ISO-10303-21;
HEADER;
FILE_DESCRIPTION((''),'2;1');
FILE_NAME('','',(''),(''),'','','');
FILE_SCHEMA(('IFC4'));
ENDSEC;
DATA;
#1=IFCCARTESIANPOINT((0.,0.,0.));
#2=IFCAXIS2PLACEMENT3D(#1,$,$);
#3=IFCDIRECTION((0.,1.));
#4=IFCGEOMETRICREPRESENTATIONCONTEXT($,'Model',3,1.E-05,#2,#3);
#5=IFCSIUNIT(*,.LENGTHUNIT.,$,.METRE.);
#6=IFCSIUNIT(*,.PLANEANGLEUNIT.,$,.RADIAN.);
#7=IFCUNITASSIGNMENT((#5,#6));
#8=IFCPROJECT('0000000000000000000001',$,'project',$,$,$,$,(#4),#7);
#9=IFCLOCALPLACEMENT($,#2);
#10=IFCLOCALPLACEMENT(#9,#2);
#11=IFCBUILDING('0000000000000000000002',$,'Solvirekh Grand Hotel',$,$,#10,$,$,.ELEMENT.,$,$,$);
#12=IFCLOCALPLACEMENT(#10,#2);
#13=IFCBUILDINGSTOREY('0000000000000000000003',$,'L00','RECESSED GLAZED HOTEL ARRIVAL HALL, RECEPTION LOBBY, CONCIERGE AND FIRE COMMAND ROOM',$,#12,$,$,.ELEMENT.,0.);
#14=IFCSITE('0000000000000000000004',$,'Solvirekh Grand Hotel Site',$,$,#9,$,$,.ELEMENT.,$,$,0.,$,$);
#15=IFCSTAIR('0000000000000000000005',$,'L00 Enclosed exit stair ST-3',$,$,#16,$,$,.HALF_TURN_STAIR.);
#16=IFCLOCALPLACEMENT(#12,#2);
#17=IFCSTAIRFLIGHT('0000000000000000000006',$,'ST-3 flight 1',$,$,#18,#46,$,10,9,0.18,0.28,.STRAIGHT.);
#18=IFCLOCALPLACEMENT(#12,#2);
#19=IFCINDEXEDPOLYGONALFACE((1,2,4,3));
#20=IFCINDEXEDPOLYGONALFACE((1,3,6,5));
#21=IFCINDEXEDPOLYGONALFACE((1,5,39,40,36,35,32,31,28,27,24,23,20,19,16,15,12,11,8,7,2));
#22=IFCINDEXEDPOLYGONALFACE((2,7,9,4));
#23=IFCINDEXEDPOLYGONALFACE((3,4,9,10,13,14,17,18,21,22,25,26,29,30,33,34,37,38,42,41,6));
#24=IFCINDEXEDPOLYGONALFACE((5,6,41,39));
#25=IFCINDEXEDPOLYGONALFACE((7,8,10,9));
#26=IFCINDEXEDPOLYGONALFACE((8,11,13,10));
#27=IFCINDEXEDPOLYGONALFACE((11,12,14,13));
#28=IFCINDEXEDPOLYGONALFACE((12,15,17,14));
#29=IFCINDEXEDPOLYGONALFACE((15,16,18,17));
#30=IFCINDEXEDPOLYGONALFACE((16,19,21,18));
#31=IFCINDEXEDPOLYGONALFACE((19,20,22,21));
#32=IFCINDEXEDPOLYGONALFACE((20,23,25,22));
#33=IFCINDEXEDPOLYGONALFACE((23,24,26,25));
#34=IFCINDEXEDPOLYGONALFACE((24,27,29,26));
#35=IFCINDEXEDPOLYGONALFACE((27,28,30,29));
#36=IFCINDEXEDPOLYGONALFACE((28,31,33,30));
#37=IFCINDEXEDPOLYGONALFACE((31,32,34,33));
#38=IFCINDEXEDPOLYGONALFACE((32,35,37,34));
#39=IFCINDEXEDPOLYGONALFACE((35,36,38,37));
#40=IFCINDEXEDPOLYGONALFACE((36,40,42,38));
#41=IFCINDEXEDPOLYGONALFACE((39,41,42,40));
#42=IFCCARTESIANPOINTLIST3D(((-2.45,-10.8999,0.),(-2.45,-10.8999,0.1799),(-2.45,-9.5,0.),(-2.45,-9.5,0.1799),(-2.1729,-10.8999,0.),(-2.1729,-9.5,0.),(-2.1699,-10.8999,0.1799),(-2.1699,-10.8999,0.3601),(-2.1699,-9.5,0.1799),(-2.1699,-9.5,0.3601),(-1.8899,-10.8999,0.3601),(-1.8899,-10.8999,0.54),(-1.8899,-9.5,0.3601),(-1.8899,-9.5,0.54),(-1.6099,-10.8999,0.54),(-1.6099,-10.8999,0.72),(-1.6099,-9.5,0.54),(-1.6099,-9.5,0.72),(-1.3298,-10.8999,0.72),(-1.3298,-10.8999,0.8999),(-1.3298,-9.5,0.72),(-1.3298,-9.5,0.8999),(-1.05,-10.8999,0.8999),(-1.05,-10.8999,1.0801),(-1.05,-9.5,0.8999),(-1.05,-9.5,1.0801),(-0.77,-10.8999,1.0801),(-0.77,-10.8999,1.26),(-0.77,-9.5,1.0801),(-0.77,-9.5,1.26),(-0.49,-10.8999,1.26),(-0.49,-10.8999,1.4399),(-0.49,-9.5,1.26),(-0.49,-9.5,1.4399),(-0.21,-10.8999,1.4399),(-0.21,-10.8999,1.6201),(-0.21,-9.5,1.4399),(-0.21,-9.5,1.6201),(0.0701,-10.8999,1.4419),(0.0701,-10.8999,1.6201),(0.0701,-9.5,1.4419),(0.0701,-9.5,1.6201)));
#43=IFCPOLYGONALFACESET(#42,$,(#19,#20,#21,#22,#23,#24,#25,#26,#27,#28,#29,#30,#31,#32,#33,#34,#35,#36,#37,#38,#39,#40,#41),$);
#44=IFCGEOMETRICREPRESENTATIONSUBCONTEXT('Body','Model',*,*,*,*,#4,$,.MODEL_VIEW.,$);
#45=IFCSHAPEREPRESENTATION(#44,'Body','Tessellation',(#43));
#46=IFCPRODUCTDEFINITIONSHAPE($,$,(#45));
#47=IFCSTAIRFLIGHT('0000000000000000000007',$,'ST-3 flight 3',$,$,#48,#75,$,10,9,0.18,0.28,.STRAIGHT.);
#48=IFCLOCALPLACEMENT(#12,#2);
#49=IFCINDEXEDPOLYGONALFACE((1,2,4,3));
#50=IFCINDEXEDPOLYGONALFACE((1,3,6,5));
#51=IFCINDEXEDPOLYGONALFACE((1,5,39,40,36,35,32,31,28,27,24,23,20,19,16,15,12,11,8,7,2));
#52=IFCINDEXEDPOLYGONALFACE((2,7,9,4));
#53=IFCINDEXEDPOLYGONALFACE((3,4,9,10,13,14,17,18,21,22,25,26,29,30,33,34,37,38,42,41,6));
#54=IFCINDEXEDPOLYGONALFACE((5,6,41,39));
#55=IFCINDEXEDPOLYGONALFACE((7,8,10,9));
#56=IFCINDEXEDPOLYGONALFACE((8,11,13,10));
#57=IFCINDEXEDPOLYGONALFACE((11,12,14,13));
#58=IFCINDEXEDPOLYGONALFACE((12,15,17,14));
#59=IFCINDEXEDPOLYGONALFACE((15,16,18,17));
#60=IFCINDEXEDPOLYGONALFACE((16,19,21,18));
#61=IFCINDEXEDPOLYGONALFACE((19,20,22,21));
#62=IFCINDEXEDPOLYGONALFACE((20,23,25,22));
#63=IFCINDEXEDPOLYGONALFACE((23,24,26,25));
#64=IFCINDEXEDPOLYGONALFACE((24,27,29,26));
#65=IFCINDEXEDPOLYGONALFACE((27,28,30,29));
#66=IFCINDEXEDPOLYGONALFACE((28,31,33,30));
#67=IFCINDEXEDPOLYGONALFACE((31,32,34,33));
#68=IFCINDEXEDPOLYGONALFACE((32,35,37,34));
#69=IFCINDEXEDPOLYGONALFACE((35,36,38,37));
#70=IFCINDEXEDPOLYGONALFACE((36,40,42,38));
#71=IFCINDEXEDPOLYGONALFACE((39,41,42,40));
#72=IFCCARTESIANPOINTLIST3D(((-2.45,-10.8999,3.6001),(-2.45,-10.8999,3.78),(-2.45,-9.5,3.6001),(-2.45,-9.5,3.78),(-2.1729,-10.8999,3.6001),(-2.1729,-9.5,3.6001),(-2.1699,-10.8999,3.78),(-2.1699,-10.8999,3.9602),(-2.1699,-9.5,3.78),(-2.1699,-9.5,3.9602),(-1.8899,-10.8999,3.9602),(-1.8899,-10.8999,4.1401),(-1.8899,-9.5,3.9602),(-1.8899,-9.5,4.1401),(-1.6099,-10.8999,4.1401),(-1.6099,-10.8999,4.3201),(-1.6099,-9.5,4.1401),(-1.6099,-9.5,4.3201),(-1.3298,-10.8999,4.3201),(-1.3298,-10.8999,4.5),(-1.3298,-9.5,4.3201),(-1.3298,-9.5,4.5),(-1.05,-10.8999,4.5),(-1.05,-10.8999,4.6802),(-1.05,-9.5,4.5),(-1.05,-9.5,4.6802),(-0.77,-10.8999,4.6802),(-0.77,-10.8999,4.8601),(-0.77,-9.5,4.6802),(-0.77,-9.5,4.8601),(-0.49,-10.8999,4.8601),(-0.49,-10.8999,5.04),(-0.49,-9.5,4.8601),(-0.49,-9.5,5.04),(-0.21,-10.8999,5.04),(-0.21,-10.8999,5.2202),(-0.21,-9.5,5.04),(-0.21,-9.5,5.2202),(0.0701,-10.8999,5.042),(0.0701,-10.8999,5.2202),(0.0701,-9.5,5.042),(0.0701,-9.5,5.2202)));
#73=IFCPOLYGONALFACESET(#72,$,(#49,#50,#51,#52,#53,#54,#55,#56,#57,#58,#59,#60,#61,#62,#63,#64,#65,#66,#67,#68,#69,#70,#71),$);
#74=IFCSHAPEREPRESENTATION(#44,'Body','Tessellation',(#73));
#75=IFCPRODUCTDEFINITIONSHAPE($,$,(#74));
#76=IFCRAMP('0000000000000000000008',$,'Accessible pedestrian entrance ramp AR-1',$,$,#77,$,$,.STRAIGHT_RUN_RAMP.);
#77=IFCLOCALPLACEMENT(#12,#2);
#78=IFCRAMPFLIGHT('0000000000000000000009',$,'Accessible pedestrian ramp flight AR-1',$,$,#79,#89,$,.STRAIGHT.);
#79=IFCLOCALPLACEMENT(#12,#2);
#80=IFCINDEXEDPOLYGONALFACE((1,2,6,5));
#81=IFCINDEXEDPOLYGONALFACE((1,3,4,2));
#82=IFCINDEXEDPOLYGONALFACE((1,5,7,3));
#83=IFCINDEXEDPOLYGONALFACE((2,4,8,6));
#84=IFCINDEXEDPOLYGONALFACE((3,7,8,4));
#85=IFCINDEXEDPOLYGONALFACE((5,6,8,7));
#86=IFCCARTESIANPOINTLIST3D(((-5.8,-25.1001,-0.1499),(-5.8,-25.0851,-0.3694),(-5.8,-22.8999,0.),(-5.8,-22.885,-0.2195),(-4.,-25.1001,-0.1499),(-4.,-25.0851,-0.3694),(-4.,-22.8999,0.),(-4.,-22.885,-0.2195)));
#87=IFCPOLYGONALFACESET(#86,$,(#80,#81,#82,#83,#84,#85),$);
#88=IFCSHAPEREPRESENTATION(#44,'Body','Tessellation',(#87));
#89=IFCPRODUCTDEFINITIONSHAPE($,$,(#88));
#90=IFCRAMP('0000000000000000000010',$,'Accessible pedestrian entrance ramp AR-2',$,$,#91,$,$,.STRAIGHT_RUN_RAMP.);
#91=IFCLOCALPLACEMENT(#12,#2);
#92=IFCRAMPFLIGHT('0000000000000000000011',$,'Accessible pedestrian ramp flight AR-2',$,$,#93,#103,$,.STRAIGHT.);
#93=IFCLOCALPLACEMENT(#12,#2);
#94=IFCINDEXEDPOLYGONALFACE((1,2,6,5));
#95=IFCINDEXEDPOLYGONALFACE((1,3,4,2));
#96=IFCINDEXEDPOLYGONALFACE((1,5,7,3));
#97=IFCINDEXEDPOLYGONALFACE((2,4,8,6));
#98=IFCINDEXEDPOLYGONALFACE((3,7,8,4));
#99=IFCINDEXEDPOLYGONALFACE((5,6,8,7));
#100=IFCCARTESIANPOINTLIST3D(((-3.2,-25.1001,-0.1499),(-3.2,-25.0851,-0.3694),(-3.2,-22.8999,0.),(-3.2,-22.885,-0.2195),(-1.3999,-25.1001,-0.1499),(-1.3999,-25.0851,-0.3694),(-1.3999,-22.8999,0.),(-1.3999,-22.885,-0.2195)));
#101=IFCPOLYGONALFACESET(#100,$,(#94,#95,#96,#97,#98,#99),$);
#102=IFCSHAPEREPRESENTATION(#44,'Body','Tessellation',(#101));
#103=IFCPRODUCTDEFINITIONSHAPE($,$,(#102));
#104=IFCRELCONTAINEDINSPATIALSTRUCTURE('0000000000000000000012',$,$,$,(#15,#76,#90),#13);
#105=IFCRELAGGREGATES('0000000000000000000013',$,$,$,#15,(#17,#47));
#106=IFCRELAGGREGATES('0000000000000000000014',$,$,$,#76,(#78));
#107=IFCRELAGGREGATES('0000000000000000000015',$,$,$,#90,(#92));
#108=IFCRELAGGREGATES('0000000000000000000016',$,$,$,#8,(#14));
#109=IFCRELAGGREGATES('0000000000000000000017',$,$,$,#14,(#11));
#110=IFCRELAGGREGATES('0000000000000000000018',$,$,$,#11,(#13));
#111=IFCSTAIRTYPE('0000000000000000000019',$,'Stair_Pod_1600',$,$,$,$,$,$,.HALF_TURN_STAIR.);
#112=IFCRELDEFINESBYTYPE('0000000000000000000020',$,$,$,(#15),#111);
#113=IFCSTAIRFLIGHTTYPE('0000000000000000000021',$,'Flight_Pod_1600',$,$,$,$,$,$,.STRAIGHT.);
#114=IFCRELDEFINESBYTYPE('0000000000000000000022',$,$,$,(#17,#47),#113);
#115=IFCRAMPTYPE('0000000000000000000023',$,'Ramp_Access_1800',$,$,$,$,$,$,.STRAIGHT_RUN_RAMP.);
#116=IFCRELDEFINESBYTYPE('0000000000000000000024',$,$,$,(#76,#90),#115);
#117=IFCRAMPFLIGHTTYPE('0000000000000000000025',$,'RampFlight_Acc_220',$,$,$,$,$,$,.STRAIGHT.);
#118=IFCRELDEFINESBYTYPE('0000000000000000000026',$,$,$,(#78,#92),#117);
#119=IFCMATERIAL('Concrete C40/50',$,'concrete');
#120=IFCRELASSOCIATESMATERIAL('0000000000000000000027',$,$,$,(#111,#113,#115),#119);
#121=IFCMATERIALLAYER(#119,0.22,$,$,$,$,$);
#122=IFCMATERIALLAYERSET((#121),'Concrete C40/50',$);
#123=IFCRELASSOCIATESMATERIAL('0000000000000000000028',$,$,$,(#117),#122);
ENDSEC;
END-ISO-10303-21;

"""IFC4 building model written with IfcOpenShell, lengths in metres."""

from ifc_helpers import new_model, si_unit, direction, frame, origin, place, context, subcontext, project, spatial, polyline, outline, extrude, material, layer, layer_set, type_object, element, aggregate, save


model = new_model("IFC4")

# Units and contexts
model_context = context("Model", 3, precision=1e-05, world=origin(), true_north=direction((0.0, 1.0)))
body_context = subcontext(model_context, "Body", "Model", "MODEL_VIEW")
ifc_project = project(units=[si_unit("LENGTHUNIT", "METRE"), si_unit("PLANEANGLEUNIT", "RADIAN")], contexts=[model_context])

# Site, building, storey
site_placement = place(None, origin())
site = spatial("IfcSite", under=ifc_project, at=site_placement, Name="Solvirekh Grand Hotel Site", CompositionType="ELEMENT", RefElevation=0.0)
building_placement = place(site_placement, origin())
building = spatial("IfcBuilding", under=site, at=building_placement, Name="Solvirekh Grand Hotel", CompositionType="ELEMENT")
storey_placement = place(building_placement, origin())
storey = spatial("IfcBuildingStorey", under=building, at=storey_placement, Name="L00", Description="RECESSED GLAZED HOTEL ARRIVAL HALL, RECEPTION LOBBY, CONCIERGE AND FIRE COMMAND ROOM", CompositionType="ELEMENT", Elevation=0.0)

# Stair, stair flights
ifc_material_1 = material(Name="Concrete C40/50", Category="concrete")
stair_type = type_object("IfcStairType", Name="Stair_Pod_1600", PredefinedType="HALF_TURN_STAIR", material=ifc_material_1)
stair_placement = place(storey_placement, origin())
stair = element("IfcStair", 1, at=stair_placement, inside=storey, type_object=stair_type, Name="L00 Enclosed exit stair ST-3", PredefinedType="HALF_TURN_STAIR")
stair_flight_type = type_object("IfcStairFlightType", Name="Flight_Pod_1600", PredefinedType="STRAIGHT", material=ifc_material_1)
stair_flight_1_placement = place(storey_placement, frame((-2.45, -10.2, 0.0), z_axis=(0.0, 0.0, 1.0), x_axis=(1.0, 0.0, 0.0)))
stair_flight_1 = element("IfcStairFlight", 2, at=stair_flight_1_placement, type_object=stair_flight_type, Name="ST-3 flight 1", NumberOfRisers=10, NumberOfTreads=9, PredefinedType="STRAIGHT", RiserHeight=0.18, TreadLength=0.28, context=body_context, shape_type="SweptSolid", body=[
    extrude(outline(polyline([(0.0, 0.0), (0.0, 0.1799), (0.28, 0.1799), (0.28, 0.3601), (0.5601, 0.3601), (0.5601, 0.54), (0.8401, 0.54), (0.8401, 0.72), (1.1201, 0.72), (1.1201, 0.8999), (1.3999, 0.8999), (1.3999, 1.0801), (1.6799, 1.0801), (1.6799, 1.26), (1.96, 1.26), (1.96, 1.4399), (2.24, 1.4399), (2.24, 1.6201), (2.52, 1.6201), (2.52, 1.8), (2.52, 1.4419), (0.2771, 0.0), (0.0, 0.0)])), frame((0.0, 0.7, 0.0), z_axis=(0.0, -1.0, 0.0), x_axis=(1.0, 0.0, 0.0)), (0.0, 0.0, 1.0), 1.3999),
])
stair_flight_2_placement = place(storey_placement, frame((-2.45, -10.2, 3.6001), z_axis=(0.0, 0.0, 1.0), x_axis=(1.0, 0.0, 0.0)))
stair_flight_2 = element("IfcStairFlight", 3, at=stair_flight_2_placement, type_object=stair_flight_type, Name="ST-3 flight 3", NumberOfRisers=10, NumberOfTreads=9, PredefinedType="STRAIGHT", RiserHeight=0.18, TreadLength=0.28, context=body_context, shape_type="SweptSolid", body=[
    extrude(outline(polyline([(0.0, 0.0), (0.0, 0.1799), (0.28, 0.1799), (0.28, 0.3601), (0.5601, 0.3601), (0.5601, 0.54), (0.8401, 0.54), (0.8401, 0.72), (1.1201, 0.72), (1.1201, 0.8999), (1.3999, 0.8999), (1.3999, 1.0801), (1.6799, 1.0801), (1.6799, 1.26), (1.96, 1.26), (1.96, 1.4399), (2.24, 1.4399), (2.24, 1.6201), (2.52, 1.6201), (2.52, 1.8), (2.52, 1.4419), (0.2771, 0.0), (0.0, 0.0)])), frame((0.0, 0.7, 0.0), z_axis=(0.0, -1.0, 0.0), x_axis=(1.0, 0.0, 0.0)), (0.0, 0.0, 1.0), 1.3999),
])
aggregate(stair, [stair_flight_1, stair_flight_2])

# Ramps, ramp flights
ramp_type = type_object("IfcRampType", Name="Ramp_Access_1800", PredefinedType="STRAIGHT_RUN_RAMP", material=ifc_material_1)
ramp_1_placement = place(storey_placement, origin())
ramp_1 = element("IfcRamp", 4, at=ramp_1_placement, inside=storey, type_object=ramp_type, Name="Accessible pedestrian entrance ramp AR-1", PredefinedType="STRAIGHT_RUN_RAMP")
ifc_layer_1 = layer(ifc_material_1, 0.22)
ifc_layer_set_1 = layer_set([ifc_layer_1], Name="Concrete C40/50")
ramp_flight_type = type_object("IfcRampFlightType", Name="RampFlight_Acc_220", PredefinedType="STRAIGHT", material=ifc_layer_set_1)
ramp_flight_1_placement = place(storey_placement, frame((-5.8, -25.1001, -0.1499), z_axis=(0.0, -0.067974, 0.997687), x_axis=(1.0, 0.0, 0.0)))
ramp_flight_1 = element("IfcRampFlight", 5, at=ramp_flight_1_placement, type_object=ramp_flight_type, Name="Accessible pedestrian ramp flight AR-1", PredefinedType="STRAIGHT", context=body_context, shape_type="SweptSolid", body=[
    extrude(outline(polyline([(0.0, 0.0), (1.8, 0.0), (1.8, 2.2053), (0.0, 2.2053), (0.0, 0.0)])), origin(), (0.0, 0.0, -1.0), 0.22),
])
aggregate(ramp_1, [ramp_flight_1])
ramp_2_placement = place(storey_placement, origin())
ramp_2 = element("IfcRamp", 6, at=ramp_2_placement, inside=storey, type_object=ramp_type, Name="Accessible pedestrian entrance ramp AR-2", PredefinedType="STRAIGHT_RUN_RAMP")
ramp_flight_2_placement = place(storey_placement, frame((-3.2, -25.1001, -0.1499), z_axis=(0.0, -0.067974, 0.997687), x_axis=(1.0, 0.0, 0.0)))
ramp_flight_2 = element("IfcRampFlight", 7, at=ramp_flight_2_placement, type_object=ramp_flight_type, Name="Accessible pedestrian ramp flight AR-2", PredefinedType="STRAIGHT", context=body_context, shape_type="SweptSolid", body=[
    extrude(outline(polyline([(0.0, 0.0), (1.8, 0.0), (1.8, 2.2053), (0.0, 2.2053), (0.0, 0.0)])), origin(), (0.0, 0.0, -1.0), 0.22),
])
aggregate(ramp_2, [ramp_flight_2])

save(model, "model.ifc")
